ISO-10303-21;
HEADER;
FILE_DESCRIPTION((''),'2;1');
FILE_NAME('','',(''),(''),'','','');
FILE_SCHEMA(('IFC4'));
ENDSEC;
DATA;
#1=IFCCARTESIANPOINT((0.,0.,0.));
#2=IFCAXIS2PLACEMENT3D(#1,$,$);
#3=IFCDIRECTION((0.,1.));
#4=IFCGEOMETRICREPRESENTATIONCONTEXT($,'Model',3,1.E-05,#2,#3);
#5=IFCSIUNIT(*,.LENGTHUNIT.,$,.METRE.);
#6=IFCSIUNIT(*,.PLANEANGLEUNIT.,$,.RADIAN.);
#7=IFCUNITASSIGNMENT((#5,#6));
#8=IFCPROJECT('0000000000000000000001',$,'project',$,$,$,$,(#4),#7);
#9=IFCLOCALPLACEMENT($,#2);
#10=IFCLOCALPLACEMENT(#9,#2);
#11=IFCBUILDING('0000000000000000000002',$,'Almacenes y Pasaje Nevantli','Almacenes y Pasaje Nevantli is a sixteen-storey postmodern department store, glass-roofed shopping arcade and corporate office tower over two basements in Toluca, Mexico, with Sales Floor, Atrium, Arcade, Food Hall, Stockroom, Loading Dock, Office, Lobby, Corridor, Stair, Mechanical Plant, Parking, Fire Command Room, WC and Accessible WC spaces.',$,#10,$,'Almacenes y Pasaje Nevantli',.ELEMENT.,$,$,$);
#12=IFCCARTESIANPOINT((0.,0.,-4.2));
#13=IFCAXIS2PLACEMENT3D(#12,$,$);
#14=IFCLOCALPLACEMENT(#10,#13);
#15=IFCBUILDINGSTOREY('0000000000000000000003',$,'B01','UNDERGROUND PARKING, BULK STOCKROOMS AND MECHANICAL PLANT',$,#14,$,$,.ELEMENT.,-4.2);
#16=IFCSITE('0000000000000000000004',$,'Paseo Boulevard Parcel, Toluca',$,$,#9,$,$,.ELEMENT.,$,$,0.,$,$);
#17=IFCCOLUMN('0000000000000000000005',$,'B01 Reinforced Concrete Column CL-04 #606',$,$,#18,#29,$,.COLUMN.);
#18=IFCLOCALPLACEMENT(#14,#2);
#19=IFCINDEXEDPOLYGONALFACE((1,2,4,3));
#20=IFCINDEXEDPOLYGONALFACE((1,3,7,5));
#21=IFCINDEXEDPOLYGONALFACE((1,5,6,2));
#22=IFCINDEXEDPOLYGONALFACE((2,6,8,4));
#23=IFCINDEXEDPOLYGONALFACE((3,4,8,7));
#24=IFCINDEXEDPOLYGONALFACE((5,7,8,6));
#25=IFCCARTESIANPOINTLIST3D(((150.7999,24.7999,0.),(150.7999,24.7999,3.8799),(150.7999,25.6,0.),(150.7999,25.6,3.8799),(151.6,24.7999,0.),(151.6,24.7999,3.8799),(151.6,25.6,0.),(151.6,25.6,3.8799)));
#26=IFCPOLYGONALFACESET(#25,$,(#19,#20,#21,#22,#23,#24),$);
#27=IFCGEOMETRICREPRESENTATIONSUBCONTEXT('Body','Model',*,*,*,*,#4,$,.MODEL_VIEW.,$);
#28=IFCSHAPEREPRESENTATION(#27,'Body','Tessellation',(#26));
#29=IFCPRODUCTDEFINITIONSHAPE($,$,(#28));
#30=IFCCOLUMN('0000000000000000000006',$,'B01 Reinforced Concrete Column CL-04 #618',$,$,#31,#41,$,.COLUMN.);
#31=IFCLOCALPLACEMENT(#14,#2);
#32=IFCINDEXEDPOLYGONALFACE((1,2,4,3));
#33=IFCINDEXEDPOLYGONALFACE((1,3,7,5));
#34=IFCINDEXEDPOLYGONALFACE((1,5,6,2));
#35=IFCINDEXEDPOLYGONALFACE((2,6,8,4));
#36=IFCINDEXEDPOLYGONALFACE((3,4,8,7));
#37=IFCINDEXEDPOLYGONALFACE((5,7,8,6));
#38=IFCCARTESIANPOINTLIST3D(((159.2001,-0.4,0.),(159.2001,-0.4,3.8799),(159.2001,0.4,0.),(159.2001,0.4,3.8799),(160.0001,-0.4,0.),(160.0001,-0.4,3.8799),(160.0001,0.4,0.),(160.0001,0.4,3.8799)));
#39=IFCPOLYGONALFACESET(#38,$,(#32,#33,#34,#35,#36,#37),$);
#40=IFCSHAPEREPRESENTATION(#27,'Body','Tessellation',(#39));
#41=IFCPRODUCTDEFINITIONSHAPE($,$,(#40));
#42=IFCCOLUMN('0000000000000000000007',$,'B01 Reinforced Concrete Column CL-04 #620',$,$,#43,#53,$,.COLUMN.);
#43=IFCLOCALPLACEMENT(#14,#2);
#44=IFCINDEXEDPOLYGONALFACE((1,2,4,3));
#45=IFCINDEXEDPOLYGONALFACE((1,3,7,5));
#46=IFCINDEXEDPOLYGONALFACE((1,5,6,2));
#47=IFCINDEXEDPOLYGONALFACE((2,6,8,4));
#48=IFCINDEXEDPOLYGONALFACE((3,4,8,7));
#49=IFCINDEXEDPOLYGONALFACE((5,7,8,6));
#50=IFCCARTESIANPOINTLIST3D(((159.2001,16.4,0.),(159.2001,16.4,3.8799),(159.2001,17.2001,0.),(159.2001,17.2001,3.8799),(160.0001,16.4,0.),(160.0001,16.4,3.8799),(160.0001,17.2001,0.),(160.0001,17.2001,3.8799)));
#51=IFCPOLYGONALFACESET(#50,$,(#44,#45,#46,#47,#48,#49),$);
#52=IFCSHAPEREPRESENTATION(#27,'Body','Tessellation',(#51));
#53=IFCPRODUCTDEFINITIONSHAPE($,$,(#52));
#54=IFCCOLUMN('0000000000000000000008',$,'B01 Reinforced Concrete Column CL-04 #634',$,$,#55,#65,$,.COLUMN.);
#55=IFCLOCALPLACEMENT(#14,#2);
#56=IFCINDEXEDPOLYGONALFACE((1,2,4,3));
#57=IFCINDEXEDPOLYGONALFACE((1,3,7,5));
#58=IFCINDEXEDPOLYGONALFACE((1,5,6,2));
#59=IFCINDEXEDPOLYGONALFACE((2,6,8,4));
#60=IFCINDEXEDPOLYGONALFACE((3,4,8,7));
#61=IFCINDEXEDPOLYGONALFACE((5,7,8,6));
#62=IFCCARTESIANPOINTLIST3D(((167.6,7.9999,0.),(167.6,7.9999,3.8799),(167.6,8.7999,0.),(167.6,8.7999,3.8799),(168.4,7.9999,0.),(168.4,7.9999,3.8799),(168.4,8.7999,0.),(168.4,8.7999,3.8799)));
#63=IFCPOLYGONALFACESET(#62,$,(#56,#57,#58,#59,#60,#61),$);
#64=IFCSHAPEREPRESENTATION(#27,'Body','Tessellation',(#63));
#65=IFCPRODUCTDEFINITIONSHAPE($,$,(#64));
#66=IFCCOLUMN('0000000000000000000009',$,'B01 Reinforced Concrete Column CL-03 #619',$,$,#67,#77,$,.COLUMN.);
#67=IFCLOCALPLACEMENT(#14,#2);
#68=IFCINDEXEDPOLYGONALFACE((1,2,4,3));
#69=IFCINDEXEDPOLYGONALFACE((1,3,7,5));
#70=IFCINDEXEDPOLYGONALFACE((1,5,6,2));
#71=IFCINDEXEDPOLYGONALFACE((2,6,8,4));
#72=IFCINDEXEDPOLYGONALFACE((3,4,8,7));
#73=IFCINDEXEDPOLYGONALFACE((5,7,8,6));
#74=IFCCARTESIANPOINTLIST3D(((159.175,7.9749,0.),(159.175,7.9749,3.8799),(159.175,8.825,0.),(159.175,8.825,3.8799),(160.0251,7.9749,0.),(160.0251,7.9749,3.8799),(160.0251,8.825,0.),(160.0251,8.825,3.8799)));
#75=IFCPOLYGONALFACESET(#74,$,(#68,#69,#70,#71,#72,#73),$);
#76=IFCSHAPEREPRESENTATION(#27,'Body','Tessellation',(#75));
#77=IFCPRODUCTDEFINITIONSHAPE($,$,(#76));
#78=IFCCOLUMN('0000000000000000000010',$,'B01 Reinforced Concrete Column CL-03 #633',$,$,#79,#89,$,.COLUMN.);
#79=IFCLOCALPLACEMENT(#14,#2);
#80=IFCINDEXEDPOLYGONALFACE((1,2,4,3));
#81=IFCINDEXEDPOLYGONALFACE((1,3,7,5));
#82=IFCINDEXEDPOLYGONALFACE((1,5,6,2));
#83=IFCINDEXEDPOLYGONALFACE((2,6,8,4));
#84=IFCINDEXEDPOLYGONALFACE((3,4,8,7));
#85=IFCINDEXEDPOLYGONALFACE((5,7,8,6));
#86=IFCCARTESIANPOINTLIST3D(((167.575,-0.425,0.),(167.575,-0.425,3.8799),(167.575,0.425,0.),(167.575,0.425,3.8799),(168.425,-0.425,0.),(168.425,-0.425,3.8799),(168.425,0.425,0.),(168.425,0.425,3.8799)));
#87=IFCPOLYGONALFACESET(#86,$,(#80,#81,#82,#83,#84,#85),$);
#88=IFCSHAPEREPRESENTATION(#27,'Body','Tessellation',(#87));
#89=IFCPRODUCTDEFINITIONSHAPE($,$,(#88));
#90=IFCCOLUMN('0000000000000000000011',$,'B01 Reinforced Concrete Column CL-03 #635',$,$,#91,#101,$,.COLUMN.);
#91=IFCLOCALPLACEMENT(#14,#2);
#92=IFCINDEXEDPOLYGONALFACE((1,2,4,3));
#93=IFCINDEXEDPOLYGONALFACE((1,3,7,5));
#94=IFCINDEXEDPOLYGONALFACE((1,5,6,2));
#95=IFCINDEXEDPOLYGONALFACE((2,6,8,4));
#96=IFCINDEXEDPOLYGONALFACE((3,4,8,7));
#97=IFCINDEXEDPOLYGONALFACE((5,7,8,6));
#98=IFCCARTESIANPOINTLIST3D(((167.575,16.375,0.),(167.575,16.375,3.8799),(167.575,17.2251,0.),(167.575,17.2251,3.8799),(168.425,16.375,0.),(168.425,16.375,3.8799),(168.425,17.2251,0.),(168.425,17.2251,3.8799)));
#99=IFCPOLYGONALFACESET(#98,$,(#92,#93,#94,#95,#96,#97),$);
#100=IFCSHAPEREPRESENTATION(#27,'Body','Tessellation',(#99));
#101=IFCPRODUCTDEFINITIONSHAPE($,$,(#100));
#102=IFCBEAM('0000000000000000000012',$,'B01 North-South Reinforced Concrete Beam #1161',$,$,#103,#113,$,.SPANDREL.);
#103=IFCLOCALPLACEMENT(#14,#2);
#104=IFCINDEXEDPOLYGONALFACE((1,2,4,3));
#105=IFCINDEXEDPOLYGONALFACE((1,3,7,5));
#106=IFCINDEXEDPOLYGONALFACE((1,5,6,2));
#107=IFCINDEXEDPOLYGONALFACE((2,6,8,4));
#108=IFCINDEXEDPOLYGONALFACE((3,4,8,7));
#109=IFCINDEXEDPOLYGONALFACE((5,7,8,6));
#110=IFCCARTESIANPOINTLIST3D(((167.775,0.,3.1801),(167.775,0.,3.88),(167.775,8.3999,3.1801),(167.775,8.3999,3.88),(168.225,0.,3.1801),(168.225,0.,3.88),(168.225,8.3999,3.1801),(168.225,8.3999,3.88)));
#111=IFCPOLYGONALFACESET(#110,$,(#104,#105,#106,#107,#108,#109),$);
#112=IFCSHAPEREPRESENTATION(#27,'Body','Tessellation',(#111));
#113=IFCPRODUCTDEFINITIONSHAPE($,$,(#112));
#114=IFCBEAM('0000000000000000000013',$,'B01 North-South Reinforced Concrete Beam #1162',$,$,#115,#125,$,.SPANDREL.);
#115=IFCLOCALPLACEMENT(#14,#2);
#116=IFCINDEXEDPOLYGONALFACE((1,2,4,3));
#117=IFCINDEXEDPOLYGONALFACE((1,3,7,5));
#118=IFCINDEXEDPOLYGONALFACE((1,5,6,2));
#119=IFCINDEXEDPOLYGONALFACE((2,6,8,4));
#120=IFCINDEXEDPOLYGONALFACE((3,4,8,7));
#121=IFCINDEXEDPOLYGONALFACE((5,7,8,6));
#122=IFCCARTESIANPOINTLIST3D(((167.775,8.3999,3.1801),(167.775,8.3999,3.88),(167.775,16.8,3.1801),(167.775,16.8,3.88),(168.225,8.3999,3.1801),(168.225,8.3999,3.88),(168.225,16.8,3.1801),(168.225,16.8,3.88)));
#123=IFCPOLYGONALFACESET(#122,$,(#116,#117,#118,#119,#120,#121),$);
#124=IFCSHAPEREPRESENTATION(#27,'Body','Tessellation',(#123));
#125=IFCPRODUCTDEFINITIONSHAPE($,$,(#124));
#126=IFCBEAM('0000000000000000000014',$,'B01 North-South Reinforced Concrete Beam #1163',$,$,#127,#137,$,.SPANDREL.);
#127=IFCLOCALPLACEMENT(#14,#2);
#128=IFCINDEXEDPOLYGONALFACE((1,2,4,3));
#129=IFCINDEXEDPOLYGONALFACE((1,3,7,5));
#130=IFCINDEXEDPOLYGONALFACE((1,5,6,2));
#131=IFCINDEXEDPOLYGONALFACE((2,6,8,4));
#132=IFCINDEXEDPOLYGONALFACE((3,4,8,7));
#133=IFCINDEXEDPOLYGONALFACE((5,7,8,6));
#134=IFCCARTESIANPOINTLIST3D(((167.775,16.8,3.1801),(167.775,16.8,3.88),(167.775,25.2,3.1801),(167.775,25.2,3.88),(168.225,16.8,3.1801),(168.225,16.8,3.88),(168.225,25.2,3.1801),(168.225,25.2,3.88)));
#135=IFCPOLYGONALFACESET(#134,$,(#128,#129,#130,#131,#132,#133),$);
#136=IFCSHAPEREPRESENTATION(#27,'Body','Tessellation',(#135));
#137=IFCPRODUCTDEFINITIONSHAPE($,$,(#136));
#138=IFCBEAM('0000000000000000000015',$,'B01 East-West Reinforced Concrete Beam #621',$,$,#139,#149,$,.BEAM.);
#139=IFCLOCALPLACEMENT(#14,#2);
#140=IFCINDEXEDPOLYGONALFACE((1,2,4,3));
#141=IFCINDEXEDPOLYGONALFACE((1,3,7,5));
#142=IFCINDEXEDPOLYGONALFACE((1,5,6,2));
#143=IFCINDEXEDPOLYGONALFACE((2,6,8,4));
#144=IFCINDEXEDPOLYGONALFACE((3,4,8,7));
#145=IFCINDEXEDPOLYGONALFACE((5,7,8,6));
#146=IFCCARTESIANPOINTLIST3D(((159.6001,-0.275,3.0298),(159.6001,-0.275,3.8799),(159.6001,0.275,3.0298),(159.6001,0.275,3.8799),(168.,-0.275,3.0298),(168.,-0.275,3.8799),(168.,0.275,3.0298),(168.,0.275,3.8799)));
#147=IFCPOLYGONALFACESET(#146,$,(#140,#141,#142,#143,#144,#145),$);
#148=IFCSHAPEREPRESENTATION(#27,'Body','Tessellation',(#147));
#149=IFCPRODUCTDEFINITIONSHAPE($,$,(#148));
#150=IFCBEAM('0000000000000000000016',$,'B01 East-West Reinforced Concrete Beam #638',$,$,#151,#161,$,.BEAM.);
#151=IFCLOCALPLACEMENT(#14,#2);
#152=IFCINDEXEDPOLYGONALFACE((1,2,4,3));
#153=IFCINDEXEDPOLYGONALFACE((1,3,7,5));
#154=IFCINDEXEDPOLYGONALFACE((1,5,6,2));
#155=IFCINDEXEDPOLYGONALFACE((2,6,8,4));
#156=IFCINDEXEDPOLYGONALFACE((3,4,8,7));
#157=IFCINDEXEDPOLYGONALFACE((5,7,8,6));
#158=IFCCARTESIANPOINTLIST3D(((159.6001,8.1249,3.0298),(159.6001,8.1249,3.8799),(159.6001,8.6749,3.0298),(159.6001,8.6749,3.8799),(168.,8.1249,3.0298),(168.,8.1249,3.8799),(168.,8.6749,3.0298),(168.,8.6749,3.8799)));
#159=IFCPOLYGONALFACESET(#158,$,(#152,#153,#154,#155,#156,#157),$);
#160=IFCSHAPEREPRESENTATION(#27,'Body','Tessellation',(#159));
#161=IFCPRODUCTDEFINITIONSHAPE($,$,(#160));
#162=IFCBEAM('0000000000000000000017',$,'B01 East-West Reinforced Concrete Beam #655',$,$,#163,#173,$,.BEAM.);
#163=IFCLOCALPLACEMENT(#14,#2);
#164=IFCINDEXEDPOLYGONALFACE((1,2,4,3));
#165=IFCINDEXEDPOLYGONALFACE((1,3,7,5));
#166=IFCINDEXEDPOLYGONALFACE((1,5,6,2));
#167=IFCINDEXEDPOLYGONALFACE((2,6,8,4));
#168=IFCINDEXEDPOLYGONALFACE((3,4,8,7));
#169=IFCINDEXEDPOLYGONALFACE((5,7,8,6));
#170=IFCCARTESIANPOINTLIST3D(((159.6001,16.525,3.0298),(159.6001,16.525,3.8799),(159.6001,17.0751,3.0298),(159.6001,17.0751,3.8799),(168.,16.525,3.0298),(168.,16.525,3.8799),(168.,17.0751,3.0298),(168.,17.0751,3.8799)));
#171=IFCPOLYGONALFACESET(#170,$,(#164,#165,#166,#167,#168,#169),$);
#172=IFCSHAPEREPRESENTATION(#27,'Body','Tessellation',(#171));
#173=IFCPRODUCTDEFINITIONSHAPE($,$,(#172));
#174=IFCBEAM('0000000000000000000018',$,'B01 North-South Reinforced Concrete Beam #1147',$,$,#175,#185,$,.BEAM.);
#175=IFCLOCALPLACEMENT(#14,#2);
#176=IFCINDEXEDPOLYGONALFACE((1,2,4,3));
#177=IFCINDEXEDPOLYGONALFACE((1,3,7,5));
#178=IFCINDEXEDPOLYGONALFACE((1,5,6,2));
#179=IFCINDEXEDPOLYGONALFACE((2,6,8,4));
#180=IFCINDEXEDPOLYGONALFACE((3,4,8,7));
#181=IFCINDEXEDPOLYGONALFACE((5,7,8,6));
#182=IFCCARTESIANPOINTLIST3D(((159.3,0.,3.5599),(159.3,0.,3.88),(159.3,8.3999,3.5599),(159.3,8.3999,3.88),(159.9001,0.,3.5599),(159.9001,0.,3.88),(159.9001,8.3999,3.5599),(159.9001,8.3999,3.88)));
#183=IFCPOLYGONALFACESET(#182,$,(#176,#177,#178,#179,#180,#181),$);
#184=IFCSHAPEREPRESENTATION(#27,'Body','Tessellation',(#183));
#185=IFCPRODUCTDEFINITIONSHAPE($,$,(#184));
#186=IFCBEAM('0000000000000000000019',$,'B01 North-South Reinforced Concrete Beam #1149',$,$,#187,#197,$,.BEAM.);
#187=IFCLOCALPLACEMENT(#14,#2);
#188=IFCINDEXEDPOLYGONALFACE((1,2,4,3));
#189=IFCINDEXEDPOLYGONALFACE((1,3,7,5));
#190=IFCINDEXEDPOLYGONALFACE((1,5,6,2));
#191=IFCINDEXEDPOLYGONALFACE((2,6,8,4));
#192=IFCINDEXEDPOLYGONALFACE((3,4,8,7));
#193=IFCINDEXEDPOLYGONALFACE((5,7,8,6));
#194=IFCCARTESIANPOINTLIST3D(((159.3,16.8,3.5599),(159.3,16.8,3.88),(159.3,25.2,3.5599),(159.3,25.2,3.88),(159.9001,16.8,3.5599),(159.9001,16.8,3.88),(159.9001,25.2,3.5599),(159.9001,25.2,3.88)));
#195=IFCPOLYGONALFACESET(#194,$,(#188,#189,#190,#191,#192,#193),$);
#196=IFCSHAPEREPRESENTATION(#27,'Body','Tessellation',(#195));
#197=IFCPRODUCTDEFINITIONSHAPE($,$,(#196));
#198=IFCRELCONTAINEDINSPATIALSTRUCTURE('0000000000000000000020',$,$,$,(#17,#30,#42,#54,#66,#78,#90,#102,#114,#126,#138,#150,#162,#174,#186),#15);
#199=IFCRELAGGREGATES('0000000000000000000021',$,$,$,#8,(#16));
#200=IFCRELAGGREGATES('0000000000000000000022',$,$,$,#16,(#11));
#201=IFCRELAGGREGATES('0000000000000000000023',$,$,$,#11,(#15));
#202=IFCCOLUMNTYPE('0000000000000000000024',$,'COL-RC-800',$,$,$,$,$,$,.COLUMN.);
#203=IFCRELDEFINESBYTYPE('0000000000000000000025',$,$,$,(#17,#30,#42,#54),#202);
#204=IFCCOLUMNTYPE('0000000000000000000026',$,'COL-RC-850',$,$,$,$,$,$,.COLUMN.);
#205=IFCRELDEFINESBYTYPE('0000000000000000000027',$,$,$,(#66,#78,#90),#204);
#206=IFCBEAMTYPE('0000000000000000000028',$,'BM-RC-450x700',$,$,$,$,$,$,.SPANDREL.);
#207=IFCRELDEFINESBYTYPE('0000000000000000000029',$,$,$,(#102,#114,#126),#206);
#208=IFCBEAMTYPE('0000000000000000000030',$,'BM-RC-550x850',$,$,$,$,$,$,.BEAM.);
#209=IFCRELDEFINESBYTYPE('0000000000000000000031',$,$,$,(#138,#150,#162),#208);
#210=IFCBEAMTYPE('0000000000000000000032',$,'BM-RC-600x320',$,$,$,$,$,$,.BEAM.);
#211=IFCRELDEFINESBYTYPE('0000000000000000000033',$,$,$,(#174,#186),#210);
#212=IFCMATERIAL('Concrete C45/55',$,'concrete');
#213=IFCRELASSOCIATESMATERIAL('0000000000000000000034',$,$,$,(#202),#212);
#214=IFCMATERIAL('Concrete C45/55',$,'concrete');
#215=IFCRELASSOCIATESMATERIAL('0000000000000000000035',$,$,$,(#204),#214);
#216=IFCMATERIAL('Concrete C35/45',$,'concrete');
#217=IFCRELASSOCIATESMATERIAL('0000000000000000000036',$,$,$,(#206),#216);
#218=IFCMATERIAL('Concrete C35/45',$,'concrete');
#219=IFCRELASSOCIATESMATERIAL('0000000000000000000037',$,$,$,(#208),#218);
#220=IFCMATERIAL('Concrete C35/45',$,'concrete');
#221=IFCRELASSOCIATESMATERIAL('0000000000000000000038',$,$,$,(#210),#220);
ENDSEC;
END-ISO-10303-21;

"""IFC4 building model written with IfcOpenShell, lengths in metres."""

from ifc_helpers import new_model, si_unit, direction, frame, origin, origin_2d, place, context, subcontext, project, spatial, rectangle, extrude, material, material_profile, profile_set, type_object, element, save


model = new_model("IFC4")

# Units and contexts
model_context = context("Model", 3, precision=1e-05, world=origin(), true_north=direction((0.0, 1.0)))
body_context = subcontext(model_context, "Body", "Model", "MODEL_VIEW")
ifc_project = project(units=[si_unit("LENGTHUNIT", "METRE"), si_unit("PLANEANGLEUNIT", "RADIAN")], contexts=[model_context])

# Site, building, storey
site_placement = place(None, origin())
site = spatial("IfcSite", under=ifc_project, at=site_placement, Name="Paseo Boulevard Parcel, Toluca", CompositionType="ELEMENT", RefElevation=0.0)
building_placement = place(site_placement, origin())
building = spatial("IfcBuilding", under=site, at=building_placement, Name="Almacenes y Pasaje Nevantli", Description="Almacenes y Pasaje Nevantli is a sixteen-storey postmodern department store, glass-roofed shopping arcade and corporate office tower over two basements in Toluca, Mexico, with Sales Floor, Atrium, Arcade, Food Hall, Stockroom, Loading Dock, Office, Lobby, Corridor, Stair, Mechanical Plant, Parking, Fire Command Room, WC and Accessible WC spaces.", LongName="Almacenes y Pasaje Nevantli", CompositionType="ELEMENT")
storey_placement = place(building_placement, frame((0.0, 0.0, -4.2)))
storey = spatial("IfcBuildingStorey", under=building, at=storey_placement, Name="B01", Description="UNDERGROUND PARKING, BULK STOCKROOMS AND MECHANICAL PLANT", CompositionType="ELEMENT", Elevation=-4.2)

# Columns
ifc_material_1 = material(Name="Concrete C45/55", Category="concrete")
ifc_material_profile_1 = material_profile(ifc_material_1, rectangle(XDim=0.8, YDim=0.8, at=origin_2d()), Name="RC-COL-800x800")
ifc_profile_set_1 = profile_set([ifc_material_profile_1], Name="Concrete C45/55")
column_type_1 = type_object("IfcColumnType", Name="COL-RC-800", PredefinedType="COLUMN", material=ifc_profile_set_1)
for number, where, z_axis, x_axis, name in (
    (1, (151.2, 25.2, 0.0), (0.0, 0.0, 1.0), (1.0, 0.0, 0.0), "B01 Reinforced Concrete Column CL-04 #606"),
    (2, (159.6001, 0.0, 0.0), (0.0, 0.0, 1.0), (1.0, 0.0, 0.0), "B01 Reinforced Concrete Column CL-04 #618"),
    (3, (159.6001, 16.8, 0.0), (0.0, 0.0, 1.0), (1.0, 0.0, 0.0), "B01 Reinforced Concrete Column CL-04 #620"),
    (4, (168.0, 8.3999, 0.0), (0.0, 0.0, 1.0), (1.0, 0.0, 0.0), "B01 Reinforced Concrete Column CL-04 #634"),
):
    element("IfcColumn", number, at=place(storey_placement, frame(where, z_axis=z_axis, x_axis=x_axis)), inside=storey, type_object=column_type_1, Name=name, PredefinedType="COLUMN", context=body_context, shape_type="SweptSolid", body=[
        extrude(rectangle(XDim=0.8, YDim=0.8, at=origin_2d()), origin(), (0.0, 0.0, 1.0), 3.8799),
    ])
ifc_material_2 = material(Name="Concrete C45/55", Category="concrete")
ifc_material_profile_2 = material_profile(ifc_material_2, rectangle(XDim=0.8501, YDim=0.8501, at=origin_2d()), Name="RC-COL-850x850")
ifc_profile_set_2 = profile_set([ifc_material_profile_2], Name="Concrete C45/55")
column_type_2 = type_object("IfcColumnType", Name="COL-RC-850", PredefinedType="COLUMN", material=ifc_profile_set_2)
for number, where, z_axis, x_axis, name in (
    (5, (159.6001, 8.3999, 0.0), (0.0, 0.0, 1.0), (1.0, 0.0, 0.0), "B01 Reinforced Concrete Column CL-03 #619"),
    (6, (168.0, 0.0, 0.0), (0.0, 0.0, 1.0), (1.0, 0.0, 0.0), "B01 Reinforced Concrete Column CL-03 #633"),
    (7, (168.0, 16.8, 0.0), (0.0, 0.0, 1.0), (1.0, 0.0, 0.0), "B01 Reinforced Concrete Column CL-03 #635"),
):
    element("IfcColumn", number, at=place(storey_placement, frame(where, z_axis=z_axis, x_axis=x_axis)), inside=storey, type_object=column_type_2, Name=name, PredefinedType="COLUMN", context=body_context, shape_type="SweptSolid", body=[
        extrude(rectangle(XDim=0.8501, YDim=0.8501, at=origin_2d()), origin(), (0.0, 0.0, 1.0), 3.8799),
    ])

# Beams
ifc_material_3 = material(Name="Concrete C35/45", Category="concrete")
ifc_material_profile_3 = material_profile(ifc_material_3, rectangle(XDim=0.45, YDim=0.7, at=origin_2d()), Name="RC-BM-450x700")
ifc_profile_set_3 = profile_set([ifc_material_profile_3], Name="Concrete C35/45")
beam_type_1 = type_object("IfcBeamType", Name="BM-RC-450x700", PredefinedType="SPANDREL", material=ifc_profile_set_3)
beam_1_placement = place(storey_placement, frame((168.0, 0.0, 3.53), z_axis=(0.0, 1.0, 0.0), x_axis=(-1.0, 0.0, 0.0)))
element("IfcBeam", 8, at=beam_1_placement, inside=storey, type_object=beam_type_1, Name="B01 North-South Reinforced Concrete Beam #1161", PredefinedType="SPANDREL", context=body_context, shape_type="SweptSolid", body=[
    extrude(rectangle(XDim=0.45, YDim=0.7, at=origin_2d()), origin(), (0.0, 0.0, 1.0), 8.3999),
])
beam_2_placement = place(storey_placement, frame((168.0, 8.3999, 3.53), z_axis=(0.0, 1.0, 0.0), x_axis=(-1.0, 0.0, 0.0)))
element("IfcBeam", 9, at=beam_2_placement, inside=storey, type_object=beam_type_1, Name="B01 North-South Reinforced Concrete Beam #1162", PredefinedType="SPANDREL", context=body_context, shape_type="SweptSolid", body=[
    extrude(rectangle(XDim=0.45, YDim=0.7, at=origin_2d()), origin(), (0.0, 0.0, 1.0), 8.4001),
])
beam_3_placement = place(storey_placement, frame((168.0, 16.8, 3.53), z_axis=(0.0, 1.0, 0.0), x_axis=(-1.0, 0.0, 0.0)))
element("IfcBeam", 10, at=beam_3_placement, inside=storey, type_object=beam_type_1, Name="B01 North-South Reinforced Concrete Beam #1163", PredefinedType="SPANDREL", context=body_context, shape_type="SweptSolid", body=[
    extrude(rectangle(XDim=0.45, YDim=0.7, at=origin_2d()), origin(), (0.0, 0.0, 1.0), 8.3999),
])
ifc_material_4 = material(Name="Concrete C35/45", Category="concrete")
ifc_material_profile_4 = material_profile(ifc_material_4, rectangle(XDim=0.55, YDim=0.8501, at=origin_2d()), Name="RC-BM-550x850")
ifc_profile_set_4 = profile_set([ifc_material_profile_4], Name="Concrete C35/45")
beam_type_2 = type_object("IfcBeamType", Name="BM-RC-550x850", PredefinedType="BEAM", material=ifc_profile_set_4)
for number, where, z_axis, x_axis, name in (
    (11, (159.6001, 0.0, 3.4548), (1.0, 0.0, 0.0), (0.0, 1.0, 0.0), "B01 East-West Reinforced Concrete Beam #621"),
    (12, (159.6001, 8.3999, 3.4548), (1.0, 0.0, 0.0), (0.0, 1.0, 0.0), "B01 East-West Reinforced Concrete Beam #638"),
    (13, (159.6001, 16.8, 3.4548), (1.0, 0.0, 0.0), (0.0, 1.0, 0.0), "B01 East-West Reinforced Concrete Beam #655"),
):
    element("IfcBeam", number, at=place(storey_placement, frame(where, z_axis=z_axis, x_axis=x_axis)), inside=storey, type_object=beam_type_2, Name=name, PredefinedType="BEAM", context=body_context, shape_type="SweptSolid", body=[
        extrude(rectangle(XDim=0.55, YDim=0.8501, at=origin_2d()), origin(), (0.0, 0.0, 1.0), 8.3999),
    ])
ifc_material_5 = material(Name="Concrete C35/45", Category="concrete")
ifc_material_profile_5 = material_profile(ifc_material_5, rectangle(XDim=0.6001, YDim=0.3201, at=origin_2d()), Name="RC-BM-600x320")
ifc_profile_set_5 = profile_set([ifc_material_profile_5], Name="Concrete C35/45")
beam_type_3 = type_object("IfcBeamType", Name="BM-RC-600x320", PredefinedType="BEAM", material=ifc_profile_set_5)
for number, where, z_axis, x_axis, name in (
    (14, (159.6001, 0.0, 3.72), (0.0, 1.0, 0.0), (-1.0, 0.0, 0.0), "B01 North-South Reinforced Concrete Beam #1147"),
    (15, (159.6001, 16.8, 3.72), (0.0, 1.0, 0.0), (-1.0, 0.0, 0.0), "B01 North-South Reinforced Concrete Beam #1149"),
):
    element("IfcBeam", number, at=place(storey_placement, frame(where, z_axis=z_axis, x_axis=x_axis)), inside=storey, type_object=beam_type_3, Name=name, PredefinedType="BEAM", context=body_context, shape_type="SweptSolid", body=[
        extrude(rectangle(XDim=0.6001, YDim=0.3201, at=origin_2d()), origin(), (0.0, 0.0, 1.0), 8.3999),
    ])

save(model, "model.ifc")
